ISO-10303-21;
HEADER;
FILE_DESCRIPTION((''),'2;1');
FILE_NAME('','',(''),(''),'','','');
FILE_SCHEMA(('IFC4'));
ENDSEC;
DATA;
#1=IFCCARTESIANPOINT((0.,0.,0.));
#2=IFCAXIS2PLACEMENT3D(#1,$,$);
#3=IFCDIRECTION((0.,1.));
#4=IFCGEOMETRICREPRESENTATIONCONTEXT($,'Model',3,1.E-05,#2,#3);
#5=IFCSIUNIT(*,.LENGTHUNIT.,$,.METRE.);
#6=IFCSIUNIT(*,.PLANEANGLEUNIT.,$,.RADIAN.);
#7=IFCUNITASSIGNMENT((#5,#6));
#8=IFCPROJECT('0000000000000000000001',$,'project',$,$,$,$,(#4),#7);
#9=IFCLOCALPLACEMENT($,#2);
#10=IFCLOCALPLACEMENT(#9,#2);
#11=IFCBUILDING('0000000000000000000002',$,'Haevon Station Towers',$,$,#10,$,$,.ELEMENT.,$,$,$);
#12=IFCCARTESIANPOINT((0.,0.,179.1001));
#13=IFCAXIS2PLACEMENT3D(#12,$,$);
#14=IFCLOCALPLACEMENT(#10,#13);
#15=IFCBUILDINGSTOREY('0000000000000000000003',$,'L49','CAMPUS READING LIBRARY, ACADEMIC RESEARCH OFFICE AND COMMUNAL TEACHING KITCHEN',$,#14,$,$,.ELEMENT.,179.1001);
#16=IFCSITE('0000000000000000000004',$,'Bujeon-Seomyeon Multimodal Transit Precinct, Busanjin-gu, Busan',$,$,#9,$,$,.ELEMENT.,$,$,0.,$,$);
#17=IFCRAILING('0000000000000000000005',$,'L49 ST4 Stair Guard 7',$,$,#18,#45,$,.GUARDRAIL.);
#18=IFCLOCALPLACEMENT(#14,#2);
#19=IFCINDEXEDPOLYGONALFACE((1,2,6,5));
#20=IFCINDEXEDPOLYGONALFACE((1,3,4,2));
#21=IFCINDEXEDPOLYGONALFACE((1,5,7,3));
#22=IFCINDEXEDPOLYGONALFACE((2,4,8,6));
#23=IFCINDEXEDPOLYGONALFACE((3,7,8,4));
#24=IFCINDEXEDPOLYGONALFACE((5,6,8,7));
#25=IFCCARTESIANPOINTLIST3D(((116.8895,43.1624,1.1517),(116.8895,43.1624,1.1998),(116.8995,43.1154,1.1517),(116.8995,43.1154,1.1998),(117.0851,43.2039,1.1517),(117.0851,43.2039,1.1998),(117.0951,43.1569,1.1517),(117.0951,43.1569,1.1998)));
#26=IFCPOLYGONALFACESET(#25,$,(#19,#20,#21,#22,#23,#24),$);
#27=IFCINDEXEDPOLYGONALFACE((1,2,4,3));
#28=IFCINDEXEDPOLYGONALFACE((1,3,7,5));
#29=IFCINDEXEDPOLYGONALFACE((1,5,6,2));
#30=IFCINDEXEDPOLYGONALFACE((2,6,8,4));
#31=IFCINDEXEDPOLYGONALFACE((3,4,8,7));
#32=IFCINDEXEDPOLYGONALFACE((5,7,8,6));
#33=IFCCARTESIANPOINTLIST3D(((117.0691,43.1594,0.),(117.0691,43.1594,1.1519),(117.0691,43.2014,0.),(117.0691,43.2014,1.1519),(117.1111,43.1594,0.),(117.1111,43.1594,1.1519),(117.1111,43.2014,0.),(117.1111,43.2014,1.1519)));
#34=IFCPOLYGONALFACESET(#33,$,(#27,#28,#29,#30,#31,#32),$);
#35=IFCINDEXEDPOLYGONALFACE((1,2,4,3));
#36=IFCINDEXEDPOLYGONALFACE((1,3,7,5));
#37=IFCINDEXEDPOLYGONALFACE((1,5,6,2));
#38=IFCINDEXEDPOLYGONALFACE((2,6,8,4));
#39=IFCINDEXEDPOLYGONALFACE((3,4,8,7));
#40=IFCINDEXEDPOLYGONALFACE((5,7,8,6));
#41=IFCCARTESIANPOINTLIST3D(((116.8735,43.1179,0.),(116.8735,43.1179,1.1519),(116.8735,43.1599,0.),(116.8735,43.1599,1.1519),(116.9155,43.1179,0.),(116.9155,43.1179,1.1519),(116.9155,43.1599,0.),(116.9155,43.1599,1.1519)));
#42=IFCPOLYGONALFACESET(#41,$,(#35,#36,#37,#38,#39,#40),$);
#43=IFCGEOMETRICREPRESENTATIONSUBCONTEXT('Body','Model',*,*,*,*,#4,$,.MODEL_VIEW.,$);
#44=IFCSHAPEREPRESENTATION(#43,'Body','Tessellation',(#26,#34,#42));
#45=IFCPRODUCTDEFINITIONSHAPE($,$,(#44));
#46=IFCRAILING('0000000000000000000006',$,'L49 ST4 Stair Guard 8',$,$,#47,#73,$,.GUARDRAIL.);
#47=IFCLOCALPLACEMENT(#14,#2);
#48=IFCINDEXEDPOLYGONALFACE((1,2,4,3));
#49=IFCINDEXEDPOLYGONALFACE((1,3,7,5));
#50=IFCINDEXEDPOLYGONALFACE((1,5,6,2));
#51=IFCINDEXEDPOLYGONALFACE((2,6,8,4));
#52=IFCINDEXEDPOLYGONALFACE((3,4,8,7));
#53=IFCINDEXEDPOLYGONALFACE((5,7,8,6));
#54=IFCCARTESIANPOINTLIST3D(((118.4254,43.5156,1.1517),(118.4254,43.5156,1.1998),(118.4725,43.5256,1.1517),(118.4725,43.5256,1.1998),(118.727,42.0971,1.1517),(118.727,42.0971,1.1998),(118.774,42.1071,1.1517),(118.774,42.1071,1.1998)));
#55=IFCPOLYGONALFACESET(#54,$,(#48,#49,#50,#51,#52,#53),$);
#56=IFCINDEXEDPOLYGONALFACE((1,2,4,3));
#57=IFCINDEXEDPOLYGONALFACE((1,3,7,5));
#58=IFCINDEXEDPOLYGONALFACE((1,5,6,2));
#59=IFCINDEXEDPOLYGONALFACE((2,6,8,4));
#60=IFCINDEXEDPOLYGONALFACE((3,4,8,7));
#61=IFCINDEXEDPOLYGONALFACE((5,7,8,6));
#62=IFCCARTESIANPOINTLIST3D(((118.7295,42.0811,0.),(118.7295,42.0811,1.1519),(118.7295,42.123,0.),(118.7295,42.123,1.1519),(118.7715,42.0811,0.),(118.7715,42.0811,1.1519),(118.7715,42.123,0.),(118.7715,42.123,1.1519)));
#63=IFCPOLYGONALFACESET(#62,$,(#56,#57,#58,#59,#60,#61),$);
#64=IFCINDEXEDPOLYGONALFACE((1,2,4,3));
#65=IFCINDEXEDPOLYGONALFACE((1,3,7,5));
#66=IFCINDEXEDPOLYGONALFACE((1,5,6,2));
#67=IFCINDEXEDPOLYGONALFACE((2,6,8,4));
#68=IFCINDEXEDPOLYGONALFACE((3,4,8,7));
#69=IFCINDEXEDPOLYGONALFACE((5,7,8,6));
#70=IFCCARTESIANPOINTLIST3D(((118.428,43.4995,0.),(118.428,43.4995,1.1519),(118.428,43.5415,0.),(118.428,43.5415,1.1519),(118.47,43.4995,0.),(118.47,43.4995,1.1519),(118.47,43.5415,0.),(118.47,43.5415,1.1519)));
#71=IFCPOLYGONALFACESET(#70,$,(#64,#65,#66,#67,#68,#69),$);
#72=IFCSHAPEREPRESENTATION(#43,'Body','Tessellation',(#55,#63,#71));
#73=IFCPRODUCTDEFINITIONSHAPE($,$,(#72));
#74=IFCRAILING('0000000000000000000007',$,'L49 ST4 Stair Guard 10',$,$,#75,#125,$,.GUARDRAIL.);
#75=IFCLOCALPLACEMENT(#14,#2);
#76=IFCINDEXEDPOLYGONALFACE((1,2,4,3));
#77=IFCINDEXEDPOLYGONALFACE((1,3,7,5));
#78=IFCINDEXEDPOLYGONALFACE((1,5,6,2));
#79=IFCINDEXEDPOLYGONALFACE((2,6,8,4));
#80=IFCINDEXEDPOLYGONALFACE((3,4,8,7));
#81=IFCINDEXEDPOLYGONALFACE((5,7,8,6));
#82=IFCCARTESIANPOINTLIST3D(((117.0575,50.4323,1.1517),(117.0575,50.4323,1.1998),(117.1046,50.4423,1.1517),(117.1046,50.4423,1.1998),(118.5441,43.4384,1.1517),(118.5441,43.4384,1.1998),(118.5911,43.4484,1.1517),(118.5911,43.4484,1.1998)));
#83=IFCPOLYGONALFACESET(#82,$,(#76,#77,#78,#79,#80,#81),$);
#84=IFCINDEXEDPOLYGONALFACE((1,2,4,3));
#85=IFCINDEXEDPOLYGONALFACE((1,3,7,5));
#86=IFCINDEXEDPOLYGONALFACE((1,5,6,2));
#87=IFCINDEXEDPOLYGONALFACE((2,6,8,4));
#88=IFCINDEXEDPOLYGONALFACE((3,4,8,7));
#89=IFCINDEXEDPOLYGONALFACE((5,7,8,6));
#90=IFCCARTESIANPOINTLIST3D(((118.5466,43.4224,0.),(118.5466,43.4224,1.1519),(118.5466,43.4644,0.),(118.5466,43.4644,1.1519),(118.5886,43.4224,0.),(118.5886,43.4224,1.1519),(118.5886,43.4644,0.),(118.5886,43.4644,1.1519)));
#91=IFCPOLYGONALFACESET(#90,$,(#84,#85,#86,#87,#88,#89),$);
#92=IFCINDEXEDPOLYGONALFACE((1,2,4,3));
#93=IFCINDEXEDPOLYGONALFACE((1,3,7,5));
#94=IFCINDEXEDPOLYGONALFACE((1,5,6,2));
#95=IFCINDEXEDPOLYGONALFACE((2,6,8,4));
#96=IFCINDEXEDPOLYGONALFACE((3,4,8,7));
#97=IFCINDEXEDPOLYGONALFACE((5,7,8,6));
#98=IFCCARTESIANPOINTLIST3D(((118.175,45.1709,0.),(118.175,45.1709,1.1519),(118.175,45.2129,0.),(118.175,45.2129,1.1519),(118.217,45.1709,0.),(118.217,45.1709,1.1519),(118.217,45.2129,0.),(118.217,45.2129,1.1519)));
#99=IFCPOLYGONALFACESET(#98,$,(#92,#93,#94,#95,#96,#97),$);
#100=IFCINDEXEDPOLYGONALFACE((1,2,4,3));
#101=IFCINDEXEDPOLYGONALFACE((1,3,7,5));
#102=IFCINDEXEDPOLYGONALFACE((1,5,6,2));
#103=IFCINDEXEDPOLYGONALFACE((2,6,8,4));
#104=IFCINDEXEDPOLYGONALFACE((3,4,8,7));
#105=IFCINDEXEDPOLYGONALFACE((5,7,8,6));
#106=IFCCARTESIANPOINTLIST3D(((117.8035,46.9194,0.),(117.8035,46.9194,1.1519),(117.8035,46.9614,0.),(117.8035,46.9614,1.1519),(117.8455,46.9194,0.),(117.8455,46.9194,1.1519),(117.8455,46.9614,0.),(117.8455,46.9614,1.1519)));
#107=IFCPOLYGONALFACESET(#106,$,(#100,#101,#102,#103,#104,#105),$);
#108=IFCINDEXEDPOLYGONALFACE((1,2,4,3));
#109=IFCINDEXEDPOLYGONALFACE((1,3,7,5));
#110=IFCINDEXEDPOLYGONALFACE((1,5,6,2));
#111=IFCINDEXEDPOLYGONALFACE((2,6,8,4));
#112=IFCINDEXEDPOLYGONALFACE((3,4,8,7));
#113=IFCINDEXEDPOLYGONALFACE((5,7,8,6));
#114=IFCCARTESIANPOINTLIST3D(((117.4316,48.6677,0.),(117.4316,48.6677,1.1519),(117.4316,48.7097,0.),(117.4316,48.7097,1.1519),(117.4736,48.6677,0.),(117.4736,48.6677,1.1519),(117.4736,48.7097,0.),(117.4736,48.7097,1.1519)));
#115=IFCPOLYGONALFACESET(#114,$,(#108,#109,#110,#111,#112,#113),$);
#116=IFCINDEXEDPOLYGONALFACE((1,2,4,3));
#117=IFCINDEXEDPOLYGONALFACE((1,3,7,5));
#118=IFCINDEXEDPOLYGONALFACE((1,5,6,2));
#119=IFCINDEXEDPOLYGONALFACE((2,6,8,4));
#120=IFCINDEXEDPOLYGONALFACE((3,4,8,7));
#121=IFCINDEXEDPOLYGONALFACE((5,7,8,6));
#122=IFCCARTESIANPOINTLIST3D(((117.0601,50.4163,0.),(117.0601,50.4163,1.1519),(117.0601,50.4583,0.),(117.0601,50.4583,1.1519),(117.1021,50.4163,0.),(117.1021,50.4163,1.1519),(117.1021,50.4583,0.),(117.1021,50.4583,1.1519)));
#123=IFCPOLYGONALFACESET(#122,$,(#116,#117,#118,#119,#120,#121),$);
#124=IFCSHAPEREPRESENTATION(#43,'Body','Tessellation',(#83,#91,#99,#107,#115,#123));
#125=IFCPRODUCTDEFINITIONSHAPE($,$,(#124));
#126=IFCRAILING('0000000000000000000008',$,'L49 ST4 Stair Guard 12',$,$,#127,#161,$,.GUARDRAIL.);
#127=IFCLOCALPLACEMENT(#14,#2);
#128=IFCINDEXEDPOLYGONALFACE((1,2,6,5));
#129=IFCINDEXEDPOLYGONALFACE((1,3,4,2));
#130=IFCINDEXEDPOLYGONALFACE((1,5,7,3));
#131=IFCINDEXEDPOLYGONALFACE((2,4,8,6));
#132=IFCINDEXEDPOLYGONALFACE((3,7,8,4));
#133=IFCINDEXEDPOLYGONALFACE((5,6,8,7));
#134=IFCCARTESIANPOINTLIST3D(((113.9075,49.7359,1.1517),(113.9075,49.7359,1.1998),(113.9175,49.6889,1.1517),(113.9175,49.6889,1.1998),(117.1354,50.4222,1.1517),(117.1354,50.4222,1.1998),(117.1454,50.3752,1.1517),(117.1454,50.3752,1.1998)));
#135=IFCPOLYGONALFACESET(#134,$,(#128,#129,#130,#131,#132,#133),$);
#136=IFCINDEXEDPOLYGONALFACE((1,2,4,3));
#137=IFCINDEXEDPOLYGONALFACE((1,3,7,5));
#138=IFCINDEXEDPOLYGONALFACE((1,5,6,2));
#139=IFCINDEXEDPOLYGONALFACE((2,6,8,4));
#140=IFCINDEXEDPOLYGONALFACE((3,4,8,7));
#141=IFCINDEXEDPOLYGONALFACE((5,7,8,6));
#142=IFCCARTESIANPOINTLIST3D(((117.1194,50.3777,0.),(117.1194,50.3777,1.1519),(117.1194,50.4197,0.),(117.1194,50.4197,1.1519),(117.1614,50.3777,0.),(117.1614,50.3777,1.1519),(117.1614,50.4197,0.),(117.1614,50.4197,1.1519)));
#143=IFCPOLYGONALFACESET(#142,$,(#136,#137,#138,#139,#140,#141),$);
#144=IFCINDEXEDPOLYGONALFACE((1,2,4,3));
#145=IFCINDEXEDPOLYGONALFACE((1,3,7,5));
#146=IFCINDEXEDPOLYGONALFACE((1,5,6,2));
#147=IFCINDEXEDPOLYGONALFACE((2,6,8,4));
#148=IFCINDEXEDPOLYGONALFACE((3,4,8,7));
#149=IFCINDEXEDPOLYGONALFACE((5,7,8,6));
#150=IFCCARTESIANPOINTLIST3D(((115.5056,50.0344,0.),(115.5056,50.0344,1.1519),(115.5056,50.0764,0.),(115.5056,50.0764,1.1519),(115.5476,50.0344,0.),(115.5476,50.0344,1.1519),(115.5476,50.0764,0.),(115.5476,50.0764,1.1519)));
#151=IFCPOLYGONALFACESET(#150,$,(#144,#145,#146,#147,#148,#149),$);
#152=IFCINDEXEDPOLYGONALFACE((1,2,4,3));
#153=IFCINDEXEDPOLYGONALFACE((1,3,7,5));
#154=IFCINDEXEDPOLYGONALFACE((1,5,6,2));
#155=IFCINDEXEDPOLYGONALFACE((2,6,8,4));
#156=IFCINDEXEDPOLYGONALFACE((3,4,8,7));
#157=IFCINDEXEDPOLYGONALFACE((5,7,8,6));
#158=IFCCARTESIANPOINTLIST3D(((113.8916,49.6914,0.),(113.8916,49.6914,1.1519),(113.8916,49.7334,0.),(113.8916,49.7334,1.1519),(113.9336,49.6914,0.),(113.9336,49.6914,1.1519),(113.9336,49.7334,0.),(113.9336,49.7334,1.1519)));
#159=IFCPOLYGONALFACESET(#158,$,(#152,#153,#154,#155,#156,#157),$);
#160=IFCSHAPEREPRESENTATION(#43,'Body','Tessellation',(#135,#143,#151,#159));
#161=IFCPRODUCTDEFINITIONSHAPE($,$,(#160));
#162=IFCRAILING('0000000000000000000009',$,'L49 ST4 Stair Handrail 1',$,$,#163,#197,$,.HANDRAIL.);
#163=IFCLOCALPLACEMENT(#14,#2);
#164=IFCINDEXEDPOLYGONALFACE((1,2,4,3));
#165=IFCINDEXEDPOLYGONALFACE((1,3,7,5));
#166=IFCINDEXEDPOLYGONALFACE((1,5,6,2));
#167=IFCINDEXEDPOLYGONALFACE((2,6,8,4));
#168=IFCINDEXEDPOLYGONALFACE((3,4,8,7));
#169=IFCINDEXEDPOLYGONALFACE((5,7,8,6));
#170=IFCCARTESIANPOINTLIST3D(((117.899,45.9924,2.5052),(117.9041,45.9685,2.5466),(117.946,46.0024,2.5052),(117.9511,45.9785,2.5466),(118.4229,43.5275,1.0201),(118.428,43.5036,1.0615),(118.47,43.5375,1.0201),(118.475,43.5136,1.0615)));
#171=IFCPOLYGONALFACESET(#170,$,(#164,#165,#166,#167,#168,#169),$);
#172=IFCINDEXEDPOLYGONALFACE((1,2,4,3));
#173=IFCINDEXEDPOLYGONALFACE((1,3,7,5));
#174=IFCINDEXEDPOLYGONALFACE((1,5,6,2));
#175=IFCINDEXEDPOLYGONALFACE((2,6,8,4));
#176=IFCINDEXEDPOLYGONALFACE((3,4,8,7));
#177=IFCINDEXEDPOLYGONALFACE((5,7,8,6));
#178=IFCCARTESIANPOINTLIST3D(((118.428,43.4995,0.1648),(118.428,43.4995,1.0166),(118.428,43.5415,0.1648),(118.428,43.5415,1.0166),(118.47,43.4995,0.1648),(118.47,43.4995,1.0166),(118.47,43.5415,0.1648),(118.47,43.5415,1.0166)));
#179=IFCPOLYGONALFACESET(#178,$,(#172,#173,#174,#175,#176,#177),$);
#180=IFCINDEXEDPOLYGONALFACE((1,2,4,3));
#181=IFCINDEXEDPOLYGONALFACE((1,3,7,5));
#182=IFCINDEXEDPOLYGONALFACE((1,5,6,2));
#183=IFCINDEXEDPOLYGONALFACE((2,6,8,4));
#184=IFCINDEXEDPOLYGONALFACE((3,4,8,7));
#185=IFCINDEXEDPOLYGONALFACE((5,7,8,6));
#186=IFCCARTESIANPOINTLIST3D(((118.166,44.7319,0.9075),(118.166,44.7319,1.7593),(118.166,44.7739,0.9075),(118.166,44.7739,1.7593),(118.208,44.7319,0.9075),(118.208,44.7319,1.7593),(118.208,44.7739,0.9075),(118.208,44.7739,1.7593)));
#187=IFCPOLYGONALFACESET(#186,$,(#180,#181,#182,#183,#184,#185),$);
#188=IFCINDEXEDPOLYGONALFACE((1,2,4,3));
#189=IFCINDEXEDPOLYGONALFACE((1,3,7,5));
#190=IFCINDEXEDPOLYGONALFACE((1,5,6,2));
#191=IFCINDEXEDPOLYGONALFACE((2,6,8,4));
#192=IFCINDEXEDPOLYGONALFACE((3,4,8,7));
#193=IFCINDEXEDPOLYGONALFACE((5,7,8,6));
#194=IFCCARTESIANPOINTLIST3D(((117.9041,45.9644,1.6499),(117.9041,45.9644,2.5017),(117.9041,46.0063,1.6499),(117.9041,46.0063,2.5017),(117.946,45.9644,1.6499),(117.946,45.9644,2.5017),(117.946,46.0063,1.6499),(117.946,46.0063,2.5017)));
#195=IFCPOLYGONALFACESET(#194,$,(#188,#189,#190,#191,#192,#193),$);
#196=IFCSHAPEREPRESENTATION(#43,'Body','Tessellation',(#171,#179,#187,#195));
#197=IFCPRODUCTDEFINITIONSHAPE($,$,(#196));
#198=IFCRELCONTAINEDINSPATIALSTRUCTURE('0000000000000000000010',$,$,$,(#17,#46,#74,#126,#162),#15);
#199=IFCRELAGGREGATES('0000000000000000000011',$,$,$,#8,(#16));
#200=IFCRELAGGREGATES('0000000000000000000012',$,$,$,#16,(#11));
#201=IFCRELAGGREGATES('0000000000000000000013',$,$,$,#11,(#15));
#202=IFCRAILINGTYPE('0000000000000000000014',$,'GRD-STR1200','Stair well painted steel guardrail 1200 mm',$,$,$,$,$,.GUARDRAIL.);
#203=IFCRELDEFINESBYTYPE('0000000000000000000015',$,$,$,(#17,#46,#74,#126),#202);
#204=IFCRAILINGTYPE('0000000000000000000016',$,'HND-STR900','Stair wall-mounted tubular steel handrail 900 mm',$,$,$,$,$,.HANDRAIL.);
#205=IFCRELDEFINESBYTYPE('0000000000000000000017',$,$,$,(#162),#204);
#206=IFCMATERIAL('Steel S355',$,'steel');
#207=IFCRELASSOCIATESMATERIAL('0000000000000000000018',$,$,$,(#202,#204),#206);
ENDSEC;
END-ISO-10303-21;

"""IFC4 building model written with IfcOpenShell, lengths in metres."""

from ifc_helpers import new_model, si_unit, direction, frame, origin, origin_2d, place, context, subcontext, project, spatial, rectangle, extrude, material, type_object, element, save


model = new_model("IFC4")

# Units and contexts
model_context = context("Model", 3, precision=1e-05, world=origin(), true_north=direction((0.0, 1.0)))
body_context = subcontext(model_context, "Body", "Model", "MODEL_VIEW")
ifc_project = project(units=[si_unit("LENGTHUNIT", "METRE"), si_unit("PLANEANGLEUNIT", "RADIAN")], contexts=[model_context])

# Site, building, storey
site_placement = place(None, origin())
site = spatial("IfcSite", under=ifc_project, at=site_placement, Name="Bujeon-Seomyeon Multimodal Transit Precinct, Busanjin-gu, Busan", CompositionType="ELEMENT", RefElevation=0.0)
building_placement = place(site_placement, origin())
building = spatial("IfcBuilding", under=site, at=building_placement, Name="Haevon Station Towers", CompositionType="ELEMENT")
storey_placement = place(building_placement, frame((0.0, 0.0, 179.1001)))
storey = spatial("IfcBuildingStorey", under=building, at=storey_placement, Name="L49", Description="CAMPUS READING LIBRARY, ACADEMIC RESEARCH OFFICE AND COMMUNAL TEACHING KITCHEN", CompositionType="ELEMENT", Elevation=179.1001)

# Shared definitions
ifc_material_1 = material(Name="Steel S355", Category="steel")

# Railings
railing_type_1 = type_object("IfcRailingType", Name="GRD-STR1200", Description="Stair well painted steel guardrail 1200 mm", PredefinedType="GUARDRAIL", material=ifc_material_1)
railing_1_placement = place(storey_placement, frame((117.0901, 43.1804, 0.0)))
element("IfcRailing", 1, at=railing_1_placement, inside=storey, type_object=railing_type_1, Name="L49 ST4 Stair Guard 7", PredefinedType="GUARDRAIL", context=body_context, shape_type="SweptSolid", body=[
    extrude(rectangle(XDim=0.0481, YDim=0.0481, at=origin_2d()), frame((0.0, 0.0, 1.1758), z_axis=(-0.978212, -0.20761, 0.0), x_axis=(0.20761, -0.978212, 0.0)), (0.0, 0.0, 1.0), 0.2),
    extrude(rectangle(XDim=0.042, YDim=0.042, at=origin_2d()), origin(), (0.0, 0.0, 1.0), 1.1519),
    extrude(rectangle(XDim=0.042, YDim=0.042, at=origin_2d()), frame((-0.1956, -0.0415, 0.0)), (0.0, 0.0, 1.0), 1.1519),
])
railing_2_placement = place(storey_placement, frame((118.7505, 42.1021, 0.0)))
element("IfcRailing", 2, at=railing_2_placement, inside=storey, type_object=railing_type_1, Name="L49 ST4 Stair Guard 8", PredefinedType="GUARDRAIL", context=body_context, shape_type="SweptSolid", body=[
    extrude(rectangle(XDim=0.0481, YDim=0.0481, at=origin_2d()), frame((0.0, 0.0, 1.1758), z_axis=(-0.207919, 0.978146, 0.0), x_axis=(-0.978146, -0.207919, 0.0)), (0.0, 0.0, 1.0), 1.4502),
    extrude(rectangle(XDim=0.042, YDim=0.042, at=origin_2d()), origin(), (0.0, 0.0, 1.0), 1.1519),
    extrude(rectangle(XDim=0.042, YDim=0.042, at=origin_2d()), frame((-0.3015, 1.4185, 0.0)), (0.0, 0.0, 1.0), 1.1519),
])
railing_3_placement = place(storey_placement, frame((118.5676, 43.4434, 0.0)))
element("IfcRailing", 3, at=railing_3_placement, inside=storey, type_object=railing_type_1, Name="L49 ST4 Stair Guard 10", PredefinedType="GUARDRAIL", context=body_context, shape_type="SweptSolid", body=[
    extrude(rectangle(XDim=0.0481, YDim=0.0481, at=origin_2d()), frame((0.0, 0.0, 1.1758), z_axis=(-0.207908, 0.978148, 0.0), x_axis=(-0.978148, -0.207908, 0.0)), (0.0, 0.0, 1.0), 7.1501),
    extrude(rectangle(XDim=0.042, YDim=0.042, at=origin_2d()), origin(), (0.0, 0.0, 1.0), 1.1519),
    extrude(rectangle(XDim=0.042, YDim=0.042, at=origin_2d()), frame((-0.3716, 1.7485, 0.0)), (0.0, 0.0, 1.0), 1.1519),
    extrude(rectangle(XDim=0.042, YDim=0.042, at=origin_2d()), frame((-0.7432, 3.4971, 0.0)), (0.0, 0.0, 1.0), 1.1519),
    extrude(rectangle(XDim=0.042, YDim=0.042, at=origin_2d()), frame((-1.115, 5.2454, 0.0)), (0.0, 0.0, 1.0), 1.1519),
    extrude(rectangle(XDim=0.042, YDim=0.042, at=origin_2d()), frame((-1.4866, 6.9939, 0.0)), (0.0, 0.0, 1.0), 1.1519),
])
railing_4_placement = place(storey_placement, frame((117.1404, 50.3987, 0.0)))
element("IfcRailing", 4, at=railing_4_placement, inside=storey, type_object=railing_type_1, Name="L49 ST4 Stair Guard 12", PredefinedType="GUARDRAIL", context=body_context, shape_type="SweptSolid", body=[
    extrude(rectangle(XDim=0.0481, YDim=0.0481, at=origin_2d()), frame((0.0, 0.0, 1.1758), z_axis=(-0.978136, -0.207968, 0.0), x_axis=(0.207968, -0.978136, 0.0)), (0.0, 0.0, 1.0), 3.3),
    extrude(rectangle(XDim=0.042, YDim=0.042, at=origin_2d()), origin(), (0.0, 0.0, 1.0), 1.1519),
    extrude(rectangle(XDim=0.042, YDim=0.042, at=origin_2d()), frame((-1.6138, -0.3433, 0.0)), (0.0, 0.0, 1.0), 1.1519),
    extrude(rectangle(XDim=0.042, YDim=0.042, at=origin_2d()), frame((-3.2278, -0.6863, 0.0)), (0.0, 0.0, 1.0), 1.1519),
])
railing_type_2 = type_object("IfcRailingType", Name="HND-STR900", Description="Stair wall-mounted tubular steel handrail 900 mm", PredefinedType="HANDRAIL", material=ifc_material_1)
railing_5_placement = place(storey_placement, frame((118.449, 43.5205, 0.1648)))
element("IfcRailing", 5, at=railing_5_placement, inside=storey, type_object=railing_type_2, Name="L49 ST4 Stair Handrail 1", PredefinedType="HANDRAIL", context=body_context, shape_type="SweptSolid", body=[
    extrude(rectangle(XDim=0.0481, YDim=0.0481, at=origin_2d()), frame((0.0, 0.0, 0.876), z_axis=(-0.179121, 0.842688, 0.507733), x_axis=(-0.978147, -0.207914, 0.0)), (0.0, 0.0, 1.0), 2.925),
    extrude(rectangle(XDim=0.042, YDim=0.042, at=origin_2d()), origin(), (0.0, 0.0, 1.0), 0.8518),
    extrude(rectangle(XDim=0.042, YDim=0.042, at=origin_2d()), frame((-0.262, 1.2324, 0.7427)), (0.0, 0.0, 1.0), 0.8518),
    extrude(rectangle(XDim=0.042, YDim=0.042, at=origin_2d()), frame((-0.5239, 2.4648, 1.4851)), (0.0, 0.0, 1.0), 0.8518),
])

save(model, "model.ifc")
